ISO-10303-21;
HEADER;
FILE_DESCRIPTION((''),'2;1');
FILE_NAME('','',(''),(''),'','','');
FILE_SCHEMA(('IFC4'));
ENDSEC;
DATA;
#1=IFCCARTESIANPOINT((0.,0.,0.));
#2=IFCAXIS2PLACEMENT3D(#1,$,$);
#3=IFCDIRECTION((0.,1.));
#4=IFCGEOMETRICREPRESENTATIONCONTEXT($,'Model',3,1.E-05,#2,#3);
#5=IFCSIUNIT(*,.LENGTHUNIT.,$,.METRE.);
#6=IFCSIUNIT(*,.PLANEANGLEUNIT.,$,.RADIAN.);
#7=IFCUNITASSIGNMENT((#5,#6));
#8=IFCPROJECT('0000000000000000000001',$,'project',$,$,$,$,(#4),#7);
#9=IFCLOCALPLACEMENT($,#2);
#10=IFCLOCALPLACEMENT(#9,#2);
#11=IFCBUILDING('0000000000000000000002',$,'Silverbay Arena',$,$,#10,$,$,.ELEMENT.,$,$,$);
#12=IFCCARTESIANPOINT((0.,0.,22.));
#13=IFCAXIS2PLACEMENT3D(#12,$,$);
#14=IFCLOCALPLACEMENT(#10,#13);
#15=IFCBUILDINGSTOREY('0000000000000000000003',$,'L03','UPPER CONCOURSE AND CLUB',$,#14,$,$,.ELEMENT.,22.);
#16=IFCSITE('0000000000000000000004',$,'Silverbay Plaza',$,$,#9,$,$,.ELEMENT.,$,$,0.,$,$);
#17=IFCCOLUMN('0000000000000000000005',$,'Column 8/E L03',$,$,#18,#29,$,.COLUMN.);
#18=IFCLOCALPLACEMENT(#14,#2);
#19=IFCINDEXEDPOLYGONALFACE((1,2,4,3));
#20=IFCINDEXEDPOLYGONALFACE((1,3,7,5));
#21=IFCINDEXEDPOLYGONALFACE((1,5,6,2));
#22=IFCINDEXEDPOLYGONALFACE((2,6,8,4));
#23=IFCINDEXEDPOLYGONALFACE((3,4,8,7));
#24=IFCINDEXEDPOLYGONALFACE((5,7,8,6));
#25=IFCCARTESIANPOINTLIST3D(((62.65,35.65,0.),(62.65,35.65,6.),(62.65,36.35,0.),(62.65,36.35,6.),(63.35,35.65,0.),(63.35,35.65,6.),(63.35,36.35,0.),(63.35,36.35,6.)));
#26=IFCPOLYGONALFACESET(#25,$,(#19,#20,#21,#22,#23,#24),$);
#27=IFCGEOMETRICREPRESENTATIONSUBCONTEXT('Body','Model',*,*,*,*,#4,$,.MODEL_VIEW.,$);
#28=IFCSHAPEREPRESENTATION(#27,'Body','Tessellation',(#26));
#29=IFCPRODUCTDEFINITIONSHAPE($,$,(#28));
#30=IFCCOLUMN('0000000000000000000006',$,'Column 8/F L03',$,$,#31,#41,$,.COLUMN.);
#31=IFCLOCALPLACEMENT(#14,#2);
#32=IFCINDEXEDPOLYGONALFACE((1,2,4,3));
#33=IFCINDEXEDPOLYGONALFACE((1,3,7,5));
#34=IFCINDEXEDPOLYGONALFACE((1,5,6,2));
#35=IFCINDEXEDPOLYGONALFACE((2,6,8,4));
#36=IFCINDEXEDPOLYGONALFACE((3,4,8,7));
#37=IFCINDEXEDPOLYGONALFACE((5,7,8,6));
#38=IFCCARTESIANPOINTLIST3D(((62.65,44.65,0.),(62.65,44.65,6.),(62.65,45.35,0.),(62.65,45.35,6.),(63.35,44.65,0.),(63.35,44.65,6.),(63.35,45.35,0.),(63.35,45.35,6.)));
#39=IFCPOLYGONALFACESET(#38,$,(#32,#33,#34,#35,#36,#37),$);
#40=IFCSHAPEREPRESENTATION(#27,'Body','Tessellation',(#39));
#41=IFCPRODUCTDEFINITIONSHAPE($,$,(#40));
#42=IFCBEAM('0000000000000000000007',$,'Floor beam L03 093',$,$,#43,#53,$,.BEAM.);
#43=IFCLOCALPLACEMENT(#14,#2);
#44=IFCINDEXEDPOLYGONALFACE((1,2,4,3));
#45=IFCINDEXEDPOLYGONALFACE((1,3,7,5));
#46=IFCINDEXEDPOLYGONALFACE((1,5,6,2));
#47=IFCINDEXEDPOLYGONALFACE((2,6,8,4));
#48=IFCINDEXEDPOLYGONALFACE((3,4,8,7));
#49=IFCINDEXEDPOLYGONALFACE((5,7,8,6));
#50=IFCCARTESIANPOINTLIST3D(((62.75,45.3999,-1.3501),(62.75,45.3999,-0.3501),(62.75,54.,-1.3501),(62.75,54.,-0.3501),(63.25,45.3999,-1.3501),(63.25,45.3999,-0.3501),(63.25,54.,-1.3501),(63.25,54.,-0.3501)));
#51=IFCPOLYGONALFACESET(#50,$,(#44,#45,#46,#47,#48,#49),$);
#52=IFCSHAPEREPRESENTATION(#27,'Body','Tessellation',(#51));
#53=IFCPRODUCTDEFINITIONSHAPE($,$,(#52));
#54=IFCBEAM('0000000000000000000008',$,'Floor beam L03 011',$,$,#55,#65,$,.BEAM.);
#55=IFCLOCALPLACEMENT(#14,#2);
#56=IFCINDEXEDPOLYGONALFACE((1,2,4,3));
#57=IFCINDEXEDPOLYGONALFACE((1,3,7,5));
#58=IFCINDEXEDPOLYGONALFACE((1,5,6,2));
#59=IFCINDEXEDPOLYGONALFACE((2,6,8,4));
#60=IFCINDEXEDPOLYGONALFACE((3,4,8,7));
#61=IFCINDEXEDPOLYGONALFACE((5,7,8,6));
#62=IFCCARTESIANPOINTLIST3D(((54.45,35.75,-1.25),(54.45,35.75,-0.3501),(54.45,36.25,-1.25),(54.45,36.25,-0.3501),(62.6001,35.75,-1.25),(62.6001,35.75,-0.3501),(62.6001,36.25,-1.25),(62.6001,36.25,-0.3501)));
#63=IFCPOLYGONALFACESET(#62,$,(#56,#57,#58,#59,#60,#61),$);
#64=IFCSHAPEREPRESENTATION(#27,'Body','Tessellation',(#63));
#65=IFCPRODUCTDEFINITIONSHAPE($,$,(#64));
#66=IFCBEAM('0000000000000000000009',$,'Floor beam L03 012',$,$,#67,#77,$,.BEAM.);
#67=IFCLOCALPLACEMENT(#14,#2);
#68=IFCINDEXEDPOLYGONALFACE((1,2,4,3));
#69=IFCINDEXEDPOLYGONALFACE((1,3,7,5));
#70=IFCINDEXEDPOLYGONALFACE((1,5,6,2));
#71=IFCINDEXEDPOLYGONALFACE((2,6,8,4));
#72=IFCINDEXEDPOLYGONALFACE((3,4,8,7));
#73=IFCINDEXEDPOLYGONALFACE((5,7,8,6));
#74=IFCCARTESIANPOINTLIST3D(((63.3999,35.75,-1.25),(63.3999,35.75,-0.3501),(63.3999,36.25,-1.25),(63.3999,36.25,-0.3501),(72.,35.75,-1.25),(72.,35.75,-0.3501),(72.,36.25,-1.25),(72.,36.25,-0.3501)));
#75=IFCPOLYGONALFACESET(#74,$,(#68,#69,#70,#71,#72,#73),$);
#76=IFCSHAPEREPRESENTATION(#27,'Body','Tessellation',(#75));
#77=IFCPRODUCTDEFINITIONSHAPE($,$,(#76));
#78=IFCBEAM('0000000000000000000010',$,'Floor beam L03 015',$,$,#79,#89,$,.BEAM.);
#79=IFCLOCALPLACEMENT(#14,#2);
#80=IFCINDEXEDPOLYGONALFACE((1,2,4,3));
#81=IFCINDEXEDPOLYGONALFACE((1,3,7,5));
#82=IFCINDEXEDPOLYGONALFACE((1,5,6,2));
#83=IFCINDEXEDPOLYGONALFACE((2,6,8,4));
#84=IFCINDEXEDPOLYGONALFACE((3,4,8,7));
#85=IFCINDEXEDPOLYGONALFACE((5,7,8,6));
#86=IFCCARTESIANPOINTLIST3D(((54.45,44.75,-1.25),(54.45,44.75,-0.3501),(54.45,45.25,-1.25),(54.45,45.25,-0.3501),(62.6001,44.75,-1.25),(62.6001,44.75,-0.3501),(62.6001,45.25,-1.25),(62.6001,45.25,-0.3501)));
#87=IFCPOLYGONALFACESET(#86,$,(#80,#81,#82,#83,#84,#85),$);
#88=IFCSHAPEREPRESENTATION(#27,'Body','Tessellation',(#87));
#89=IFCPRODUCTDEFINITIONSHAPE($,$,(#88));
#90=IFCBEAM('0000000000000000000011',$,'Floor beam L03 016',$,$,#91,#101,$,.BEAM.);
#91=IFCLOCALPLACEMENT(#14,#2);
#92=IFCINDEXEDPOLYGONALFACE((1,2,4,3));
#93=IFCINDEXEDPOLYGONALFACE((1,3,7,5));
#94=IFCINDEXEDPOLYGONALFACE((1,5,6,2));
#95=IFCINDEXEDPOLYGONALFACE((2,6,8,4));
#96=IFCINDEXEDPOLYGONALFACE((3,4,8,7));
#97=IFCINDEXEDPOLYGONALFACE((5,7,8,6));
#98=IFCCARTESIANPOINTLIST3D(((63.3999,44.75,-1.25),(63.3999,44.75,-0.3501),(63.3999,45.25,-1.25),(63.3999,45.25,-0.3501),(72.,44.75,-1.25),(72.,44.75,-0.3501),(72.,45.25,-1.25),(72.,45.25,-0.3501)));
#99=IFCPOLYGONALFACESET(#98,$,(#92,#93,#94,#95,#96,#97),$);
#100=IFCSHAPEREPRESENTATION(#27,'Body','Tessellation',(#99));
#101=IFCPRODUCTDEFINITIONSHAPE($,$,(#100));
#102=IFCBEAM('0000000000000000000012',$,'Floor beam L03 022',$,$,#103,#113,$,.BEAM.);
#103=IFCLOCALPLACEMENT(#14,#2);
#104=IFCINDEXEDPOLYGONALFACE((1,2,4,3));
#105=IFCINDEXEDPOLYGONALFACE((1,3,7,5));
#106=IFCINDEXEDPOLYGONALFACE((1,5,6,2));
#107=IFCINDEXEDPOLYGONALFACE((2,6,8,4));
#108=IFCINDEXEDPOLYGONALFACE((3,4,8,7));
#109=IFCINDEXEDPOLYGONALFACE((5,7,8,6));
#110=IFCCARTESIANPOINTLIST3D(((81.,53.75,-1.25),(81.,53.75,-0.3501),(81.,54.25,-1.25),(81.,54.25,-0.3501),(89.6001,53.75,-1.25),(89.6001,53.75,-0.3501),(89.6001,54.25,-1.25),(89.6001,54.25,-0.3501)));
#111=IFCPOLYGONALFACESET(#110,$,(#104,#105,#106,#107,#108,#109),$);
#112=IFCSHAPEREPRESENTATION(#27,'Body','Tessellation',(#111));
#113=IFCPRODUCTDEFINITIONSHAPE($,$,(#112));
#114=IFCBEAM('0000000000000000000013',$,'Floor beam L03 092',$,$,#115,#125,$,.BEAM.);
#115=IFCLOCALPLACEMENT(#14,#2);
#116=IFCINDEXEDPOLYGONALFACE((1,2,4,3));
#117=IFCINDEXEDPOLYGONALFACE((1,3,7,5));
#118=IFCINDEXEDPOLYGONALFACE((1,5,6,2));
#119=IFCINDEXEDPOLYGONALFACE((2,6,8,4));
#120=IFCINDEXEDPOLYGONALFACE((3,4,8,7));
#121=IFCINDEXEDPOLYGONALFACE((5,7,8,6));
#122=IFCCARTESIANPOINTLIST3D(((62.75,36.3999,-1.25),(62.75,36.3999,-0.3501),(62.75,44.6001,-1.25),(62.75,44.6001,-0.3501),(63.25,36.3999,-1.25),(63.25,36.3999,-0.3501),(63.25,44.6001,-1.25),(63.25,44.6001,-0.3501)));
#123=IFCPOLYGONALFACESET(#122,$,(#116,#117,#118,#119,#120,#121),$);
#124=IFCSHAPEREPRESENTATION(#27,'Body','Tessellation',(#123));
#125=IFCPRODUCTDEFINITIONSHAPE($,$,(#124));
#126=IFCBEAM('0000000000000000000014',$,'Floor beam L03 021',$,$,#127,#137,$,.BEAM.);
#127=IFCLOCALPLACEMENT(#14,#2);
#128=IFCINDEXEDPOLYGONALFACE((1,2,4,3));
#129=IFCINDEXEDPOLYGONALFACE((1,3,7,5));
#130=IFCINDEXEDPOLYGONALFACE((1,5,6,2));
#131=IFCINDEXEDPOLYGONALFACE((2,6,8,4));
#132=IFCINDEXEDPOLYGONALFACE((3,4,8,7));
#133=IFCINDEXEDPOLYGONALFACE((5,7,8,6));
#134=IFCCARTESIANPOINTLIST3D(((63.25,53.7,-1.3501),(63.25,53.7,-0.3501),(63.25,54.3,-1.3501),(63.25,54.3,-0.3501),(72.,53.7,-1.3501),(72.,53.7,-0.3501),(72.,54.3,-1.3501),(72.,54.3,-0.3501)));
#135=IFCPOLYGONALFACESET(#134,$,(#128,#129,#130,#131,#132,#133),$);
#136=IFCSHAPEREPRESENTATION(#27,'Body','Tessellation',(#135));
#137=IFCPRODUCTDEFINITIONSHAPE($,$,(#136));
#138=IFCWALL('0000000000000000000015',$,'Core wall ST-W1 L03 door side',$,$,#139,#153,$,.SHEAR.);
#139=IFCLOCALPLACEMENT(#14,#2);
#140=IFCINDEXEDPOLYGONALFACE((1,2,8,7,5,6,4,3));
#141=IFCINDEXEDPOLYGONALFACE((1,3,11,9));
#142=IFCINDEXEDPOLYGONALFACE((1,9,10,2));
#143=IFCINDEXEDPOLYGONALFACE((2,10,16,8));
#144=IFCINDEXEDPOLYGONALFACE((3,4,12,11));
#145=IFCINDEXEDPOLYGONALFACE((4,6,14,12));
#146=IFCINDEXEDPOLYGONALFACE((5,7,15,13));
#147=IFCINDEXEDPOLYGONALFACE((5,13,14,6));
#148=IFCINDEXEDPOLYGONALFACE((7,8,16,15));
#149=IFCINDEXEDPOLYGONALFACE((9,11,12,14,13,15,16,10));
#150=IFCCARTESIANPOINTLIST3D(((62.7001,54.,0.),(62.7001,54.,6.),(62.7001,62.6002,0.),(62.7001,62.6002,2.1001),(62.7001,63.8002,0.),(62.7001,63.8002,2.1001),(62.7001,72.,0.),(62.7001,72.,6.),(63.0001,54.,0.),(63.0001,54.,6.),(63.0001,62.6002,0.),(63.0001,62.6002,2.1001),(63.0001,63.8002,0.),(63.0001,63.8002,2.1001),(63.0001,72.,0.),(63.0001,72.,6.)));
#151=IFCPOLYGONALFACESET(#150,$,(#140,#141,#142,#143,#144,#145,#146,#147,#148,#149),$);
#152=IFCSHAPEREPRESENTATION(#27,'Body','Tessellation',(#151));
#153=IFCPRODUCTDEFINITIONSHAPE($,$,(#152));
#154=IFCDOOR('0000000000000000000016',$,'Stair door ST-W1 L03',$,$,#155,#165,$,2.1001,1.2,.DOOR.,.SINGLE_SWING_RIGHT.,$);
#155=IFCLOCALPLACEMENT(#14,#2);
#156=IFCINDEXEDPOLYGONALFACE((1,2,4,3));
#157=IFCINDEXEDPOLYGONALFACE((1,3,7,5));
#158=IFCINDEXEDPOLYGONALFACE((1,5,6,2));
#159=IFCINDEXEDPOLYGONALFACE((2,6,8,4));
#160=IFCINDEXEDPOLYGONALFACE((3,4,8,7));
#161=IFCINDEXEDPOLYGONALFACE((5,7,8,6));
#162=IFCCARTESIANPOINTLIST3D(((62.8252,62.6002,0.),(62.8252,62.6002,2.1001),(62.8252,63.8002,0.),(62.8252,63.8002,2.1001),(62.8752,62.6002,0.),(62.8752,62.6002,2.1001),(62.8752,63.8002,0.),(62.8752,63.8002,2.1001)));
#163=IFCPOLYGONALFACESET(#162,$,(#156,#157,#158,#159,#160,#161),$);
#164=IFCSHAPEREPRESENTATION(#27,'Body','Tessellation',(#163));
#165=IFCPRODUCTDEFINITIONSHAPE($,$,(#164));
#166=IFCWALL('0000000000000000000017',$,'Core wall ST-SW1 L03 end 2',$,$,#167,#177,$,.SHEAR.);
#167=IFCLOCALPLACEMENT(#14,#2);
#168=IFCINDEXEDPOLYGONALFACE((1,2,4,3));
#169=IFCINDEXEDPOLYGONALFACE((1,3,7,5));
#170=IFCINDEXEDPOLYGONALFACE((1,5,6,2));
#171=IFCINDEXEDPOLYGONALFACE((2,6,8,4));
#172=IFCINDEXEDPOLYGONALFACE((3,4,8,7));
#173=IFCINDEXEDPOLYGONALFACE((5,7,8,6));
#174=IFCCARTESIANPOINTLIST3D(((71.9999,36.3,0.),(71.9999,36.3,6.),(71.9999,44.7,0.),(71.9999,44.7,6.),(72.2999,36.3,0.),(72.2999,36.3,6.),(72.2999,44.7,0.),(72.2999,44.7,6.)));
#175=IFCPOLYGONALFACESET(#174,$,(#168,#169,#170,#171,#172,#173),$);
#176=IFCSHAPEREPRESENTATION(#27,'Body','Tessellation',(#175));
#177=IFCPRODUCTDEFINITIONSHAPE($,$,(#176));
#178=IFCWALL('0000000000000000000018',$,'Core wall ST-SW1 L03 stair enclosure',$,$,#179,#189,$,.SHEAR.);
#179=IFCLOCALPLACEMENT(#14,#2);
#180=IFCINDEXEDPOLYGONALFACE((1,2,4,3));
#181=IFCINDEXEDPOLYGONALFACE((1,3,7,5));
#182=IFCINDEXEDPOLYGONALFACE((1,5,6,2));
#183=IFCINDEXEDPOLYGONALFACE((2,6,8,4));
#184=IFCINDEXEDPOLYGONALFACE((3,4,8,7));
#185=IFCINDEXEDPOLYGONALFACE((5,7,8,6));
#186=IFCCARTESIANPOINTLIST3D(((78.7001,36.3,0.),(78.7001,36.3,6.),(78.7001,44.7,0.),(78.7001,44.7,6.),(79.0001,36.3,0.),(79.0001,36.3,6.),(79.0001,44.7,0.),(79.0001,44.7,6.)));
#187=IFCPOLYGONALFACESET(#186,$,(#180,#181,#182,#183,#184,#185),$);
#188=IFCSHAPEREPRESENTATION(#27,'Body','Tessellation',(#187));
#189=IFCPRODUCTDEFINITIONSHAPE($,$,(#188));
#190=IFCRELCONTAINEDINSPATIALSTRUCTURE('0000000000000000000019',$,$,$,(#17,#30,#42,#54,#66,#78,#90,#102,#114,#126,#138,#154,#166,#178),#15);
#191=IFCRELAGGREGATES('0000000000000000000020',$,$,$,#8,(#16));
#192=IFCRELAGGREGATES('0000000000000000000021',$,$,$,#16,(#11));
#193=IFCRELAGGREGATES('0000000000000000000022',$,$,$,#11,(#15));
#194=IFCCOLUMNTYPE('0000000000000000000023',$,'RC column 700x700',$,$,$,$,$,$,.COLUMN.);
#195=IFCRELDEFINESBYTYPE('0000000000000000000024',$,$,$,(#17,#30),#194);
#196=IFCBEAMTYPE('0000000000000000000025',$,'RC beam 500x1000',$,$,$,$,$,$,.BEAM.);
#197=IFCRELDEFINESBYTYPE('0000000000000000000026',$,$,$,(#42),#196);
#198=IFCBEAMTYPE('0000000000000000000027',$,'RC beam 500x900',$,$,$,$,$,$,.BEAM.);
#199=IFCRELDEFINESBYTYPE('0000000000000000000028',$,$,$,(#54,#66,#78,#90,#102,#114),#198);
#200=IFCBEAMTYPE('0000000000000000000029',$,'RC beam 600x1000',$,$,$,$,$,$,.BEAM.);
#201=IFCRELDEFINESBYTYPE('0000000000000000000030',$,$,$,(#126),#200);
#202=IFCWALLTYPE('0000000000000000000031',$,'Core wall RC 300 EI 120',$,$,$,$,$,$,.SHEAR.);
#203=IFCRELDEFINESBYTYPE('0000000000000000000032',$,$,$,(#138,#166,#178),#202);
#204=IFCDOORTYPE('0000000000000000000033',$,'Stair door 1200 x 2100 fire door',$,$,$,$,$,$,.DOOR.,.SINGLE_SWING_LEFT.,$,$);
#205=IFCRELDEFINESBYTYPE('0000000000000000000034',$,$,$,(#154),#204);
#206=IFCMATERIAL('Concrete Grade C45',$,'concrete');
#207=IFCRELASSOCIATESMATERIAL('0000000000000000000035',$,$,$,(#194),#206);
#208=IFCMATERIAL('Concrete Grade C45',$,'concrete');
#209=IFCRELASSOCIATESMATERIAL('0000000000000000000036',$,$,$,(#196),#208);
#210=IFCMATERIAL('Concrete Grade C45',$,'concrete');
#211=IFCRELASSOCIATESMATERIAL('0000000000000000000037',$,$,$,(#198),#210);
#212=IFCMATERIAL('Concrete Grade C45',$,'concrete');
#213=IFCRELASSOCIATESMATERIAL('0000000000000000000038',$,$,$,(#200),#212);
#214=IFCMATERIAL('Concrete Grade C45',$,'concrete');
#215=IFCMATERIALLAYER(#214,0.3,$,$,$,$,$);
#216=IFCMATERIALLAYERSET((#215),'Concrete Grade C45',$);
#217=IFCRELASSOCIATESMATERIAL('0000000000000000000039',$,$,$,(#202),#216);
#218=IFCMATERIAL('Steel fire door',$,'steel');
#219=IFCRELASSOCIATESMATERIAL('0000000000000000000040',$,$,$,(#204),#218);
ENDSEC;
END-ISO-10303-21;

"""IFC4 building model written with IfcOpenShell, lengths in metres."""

from ifc_helpers import new_model, si_unit, direction, frame, frame_2d, origin, origin_2d, place, context, subcontext, project, spatial, rectangle, extrude, material, layer, layer_set, material_profile, profile_set, type_object, element, fill, save


model = new_model("IFC4")

# Units and contexts
model_context = context("Model", 3, precision=1e-05, world=origin(), true_north=direction((0.0, 1.0)))
body_context = subcontext(model_context, "Body", "Model", "MODEL_VIEW")
ifc_project = project(units=[si_unit("LENGTHUNIT", "METRE"), si_unit("PLANEANGLEUNIT", "RADIAN")], contexts=[model_context])

# Site, building, storey
site_placement = place(None, origin())
site = spatial("IfcSite", under=ifc_project, at=site_placement, Name="Silverbay Plaza", CompositionType="ELEMENT", RefElevation=0.0)
building_placement = place(site_placement, origin())
building = spatial("IfcBuilding", under=site, at=building_placement, Name="Silverbay Arena", CompositionType="ELEMENT")
storey_placement = place(building_placement, frame((0.0, 0.0, 22.0)))
storey = spatial("IfcBuildingStorey", under=building, at=storey_placement, Name="L03", Description="UPPER CONCOURSE AND CLUB", CompositionType="ELEMENT", Elevation=22.0)

# Columns
ifc_material_1 = material(Name="Concrete Grade C45", Category="concrete")
ifc_material_profile_1 = material_profile(ifc_material_1, rectangle(XDim=0.7, YDim=0.7, at=origin_2d()), Name="RC 700x700")
ifc_profile_set_1 = profile_set([ifc_material_profile_1], Name="Concrete Grade C45")
column_type = type_object("IfcColumnType", Name="RC column 700x700", PredefinedType="COLUMN", material=ifc_profile_set_1)
for number, where, z_axis, x_axis, name in (
    (1, (63.0, 36.0, 0.0), (0.0, 0.0, 1.0), (1.0, 0.0, 0.0), "Column 8/E L03"),
    (2, (63.0, 45.0, 0.0), (0.0, 0.0, 1.0), (1.0, 0.0, 0.0), "Column 8/F L03"),
):
    element("IfcColumn", number, at=place(storey_placement, frame(where, z_axis=z_axis, x_axis=x_axis)), inside=storey, type_object=column_type, Name=name, PredefinedType="COLUMN", context=body_context, shape_type="SweptSolid", body=[
        extrude(rectangle(XDim=0.7, YDim=0.7, at=origin_2d()), origin(), (0.0, 0.0, 1.0), 6.0),
    ])

# Beams
ifc_material_2 = material(Name="Concrete Grade C45", Category="concrete")
ifc_material_profile_2 = material_profile(ifc_material_2, rectangle(XDim=0.5, YDim=1.0, at=origin_2d()), Name="RC 500x1000")
ifc_profile_set_2 = profile_set([ifc_material_profile_2], Name="Concrete Grade C45")
beam_type_1 = type_object("IfcBeamType", Name="RC beam 500x1000", PredefinedType="BEAM", material=ifc_profile_set_2)
beam_1_placement = place(storey_placement, frame((63.0, 45.3999, -0.8501), z_axis=(0.0, 1.0, 0.0), x_axis=(-1.0, 0.0, 0.0)))
element("IfcBeam", 3, at=beam_1_placement, inside=storey, type_object=beam_type_1, Name="Floor beam L03 093", PredefinedType="BEAM", context=body_context, shape_type="SweptSolid", body=[
    extrude(rectangle(XDim=0.5, YDim=1.0, at=origin_2d()), origin(), (0.0, 0.0, 1.0), 8.6001),
])
ifc_material_3 = material(Name="Concrete Grade C45", Category="concrete")
ifc_material_profile_3 = material_profile(ifc_material_3, rectangle(XDim=0.5, YDim=0.8999, at=origin_2d()), Name="RC 500x900")
ifc_profile_set_3 = profile_set([ifc_material_profile_3], Name="Concrete Grade C45")
beam_type_2 = type_object("IfcBeamType", Name="RC beam 500x900", PredefinedType="BEAM", material=ifc_profile_set_3)
beam_2_placement = place(storey_placement, frame((54.45, 36.0, -0.8), z_axis=(1.0, 0.0, 0.0), x_axis=(0.0, 1.0, 0.0)))
element("IfcBeam", 4, at=beam_2_placement, inside=storey, type_object=beam_type_2, Name="Floor beam L03 011", PredefinedType="BEAM", context=body_context, shape_type="SweptSolid", body=[
    extrude(rectangle(XDim=0.5, YDim=0.8999, at=origin_2d()), origin(), (0.0, 0.0, 1.0), 8.1501),
])
beam_3_placement = place(storey_placement, frame((63.3999, 36.0, -0.8), z_axis=(1.0, 0.0, 0.0), x_axis=(0.0, 1.0, 0.0)))
element("IfcBeam", 5, at=beam_3_placement, inside=storey, type_object=beam_type_2, Name="Floor beam L03 012", PredefinedType="BEAM", context=body_context, shape_type="SweptSolid", body=[
    extrude(rectangle(XDim=0.5, YDim=0.8999, at=origin_2d()), origin(), (0.0, 0.0, 1.0), 8.6001),
])
beam_4_placement = place(storey_placement, frame((54.45, 45.0, -0.8), z_axis=(1.0, 0.0, 0.0), x_axis=(0.0, 1.0, 0.0)))
element("IfcBeam", 6, at=beam_4_placement, inside=storey, type_object=beam_type_2, Name="Floor beam L03 015", PredefinedType="BEAM", context=body_context, shape_type="SweptSolid", body=[
    extrude(rectangle(XDim=0.5, YDim=0.8999, at=origin_2d()), origin(), (0.0, 0.0, 1.0), 8.1501),
])
for number, where, z_axis, x_axis, name in (
    (7, (63.3999, 45.0, -0.8), (1.0, 0.0, 0.0), (0.0, 1.0, 0.0), "Floor beam L03 016"),
    (8, (81.0, 54.0, -0.8), (1.0, 0.0, 0.0), (0.0, 1.0, 0.0), "Floor beam L03 022"),
):
    element("IfcBeam", number, at=place(storey_placement, frame(where, z_axis=z_axis, x_axis=x_axis)), inside=storey, type_object=beam_type_2, Name=name, PredefinedType="BEAM", context=body_context, shape_type="SweptSolid", body=[
        extrude(rectangle(XDim=0.5, YDim=0.8999, at=origin_2d()), origin(), (0.0, 0.0, 1.0), 8.6001),
    ])
beam_5_placement = place(storey_placement, frame((63.0, 36.3999, -0.8), z_axis=(0.0, 1.0, 0.0), x_axis=(-1.0, 0.0, 0.0)))
element("IfcBeam", 9, at=beam_5_placement, inside=storey, type_object=beam_type_2, Name="Floor beam L03 092", PredefinedType="BEAM", context=body_context, shape_type="SweptSolid", body=[
    extrude(rectangle(XDim=0.5, YDim=0.8999, at=origin_2d()), origin(), (0.0, 0.0, 1.0), 8.2002),
])
ifc_material_4 = material(Name="Concrete Grade C45", Category="concrete")
ifc_material_profile_4 = material_profile(ifc_material_4, rectangle(XDim=0.6001, YDim=1.0, at=origin_2d()), Name="RC 600x1000")
ifc_profile_set_4 = profile_set([ifc_material_profile_4], Name="Concrete Grade C45")
beam_type_3 = type_object("IfcBeamType", Name="RC beam 600x1000", PredefinedType="BEAM", material=ifc_profile_set_4)
beam_6_placement = place(storey_placement, frame((63.25, 54.0, -0.8501), z_axis=(1.0, 0.0, 0.0), x_axis=(0.0, 1.0, 0.0)))
element("IfcBeam", 10, at=beam_6_placement, inside=storey, type_object=beam_type_3, Name="Floor beam L03 021", PredefinedType="BEAM", context=body_context, shape_type="SweptSolid", body=[
    extrude(rectangle(XDim=0.6001, YDim=1.0, at=origin_2d()), origin(), (0.0, 0.0, 1.0), 8.75),
])

# Wall, opening, door
ifc_material_5 = material(Name="Concrete Grade C45", Category="concrete")
ifc_layer_1 = layer(ifc_material_5, 0.3)
ifc_layer_set_1 = layer_set([ifc_layer_1], Name="Concrete Grade C45")
wall_type_1 = type_object("IfcWallType", Name="Core wall RC 300 EI 120", PredefinedType="SHEAR", material=ifc_layer_set_1)
wall_1_placement = place(storey_placement, frame((62.8501, 54.0, 0.0), z_axis=(0.0, 0.0, 1.0), x_axis=(0.0, 1.0, 0.0)))
wall_1 = element("IfcWall", 11, at=wall_1_placement, inside=storey, type_object=wall_type_1, Name="Core wall ST-W1 L03 door side", PredefinedType="SHEAR", context=body_context, shape_type="SweptSolid", body=[
    extrude(rectangle(XDim=18.0, YDim=0.3, at=frame_2d((9.0, 0.0))), origin(), (0.0, 0.0, 1.0), 6.0),
])
opening_1_placement = place(wall_1_placement, frame((8.6001, 0.0, 0.0)))
opening_1 = element("IfcOpeningElement", 12, at=opening_1_placement, cuts=wall_1, PredefinedType="OPENING", context=body_context, shape_type="SweptSolid", body=[
    extrude(rectangle(XDim=1.2, YDim=2.1001, at=frame_2d((0.6001, 1.05))), frame((0.0, 0.1602, 0.0), z_axis=(0.0, -1.0, 0.0), x_axis=(1.0, 0.0, 0.0)), (0.0, 0.0, 1.0), 0.3201),
])
ifc_material_6 = material(Name="Steel fire door", Category="steel")
door_type_1 = type_object("IfcDoorType", Name="Stair door 1200 x 2100 fire door", OperationType="SINGLE_SWING_LEFT", PredefinedType="DOOR", material=ifc_material_6)
door_1_placement = place(opening_1_placement, origin())
door_1 = element("IfcDoor", 13, at=door_1_placement, inside=storey, type_object=door_type_1, Name="Stair door ST-W1 L03", OperationType="SINGLE_SWING_RIGHT", OverallHeight=2.1001, OverallWidth=1.2, PredefinedType="DOOR", context=body_context, shape_type="SweptSolid", body=[
    extrude(rectangle(XDim=1.2, YDim=2.1001, at=frame_2d((0.6001, 1.05))), frame((0.0, 0.0249, 0.0), z_axis=(0.0, -1.0, 0.0), x_axis=(1.0, 0.0, 0.0)), (0.0, 0.0, 1.0), 0.05),
])
fill(opening_1, door_1)

# Walls
for number, where, z_axis, x_axis, name in (
    (14, (72.1499, 44.7, 0.0), (0.0, 0.0, 1.0), (0.0, -1.0, 0.0), "Core wall ST-SW1 L03 end 2"),
    (15, (78.8501, 44.7, 0.0), (0.0, 0.0, 1.0), (0.0, -1.0, 0.0), "Core wall ST-SW1 L03 stair enclosure"),
):
    element("IfcWall", number, at=place(storey_placement, frame(where, z_axis=z_axis, x_axis=x_axis)), inside=storey, type_object=wall_type_1, Name=name, PredefinedType="SHEAR", context=body_context, shape_type="SweptSolid", body=[
        extrude(rectangle(XDim=8.3999, YDim=0.3, at=frame_2d((4.2, 0.0))), origin(), (0.0, 0.0, 1.0), 6.0),
    ])

save(model, "model.ifc")
